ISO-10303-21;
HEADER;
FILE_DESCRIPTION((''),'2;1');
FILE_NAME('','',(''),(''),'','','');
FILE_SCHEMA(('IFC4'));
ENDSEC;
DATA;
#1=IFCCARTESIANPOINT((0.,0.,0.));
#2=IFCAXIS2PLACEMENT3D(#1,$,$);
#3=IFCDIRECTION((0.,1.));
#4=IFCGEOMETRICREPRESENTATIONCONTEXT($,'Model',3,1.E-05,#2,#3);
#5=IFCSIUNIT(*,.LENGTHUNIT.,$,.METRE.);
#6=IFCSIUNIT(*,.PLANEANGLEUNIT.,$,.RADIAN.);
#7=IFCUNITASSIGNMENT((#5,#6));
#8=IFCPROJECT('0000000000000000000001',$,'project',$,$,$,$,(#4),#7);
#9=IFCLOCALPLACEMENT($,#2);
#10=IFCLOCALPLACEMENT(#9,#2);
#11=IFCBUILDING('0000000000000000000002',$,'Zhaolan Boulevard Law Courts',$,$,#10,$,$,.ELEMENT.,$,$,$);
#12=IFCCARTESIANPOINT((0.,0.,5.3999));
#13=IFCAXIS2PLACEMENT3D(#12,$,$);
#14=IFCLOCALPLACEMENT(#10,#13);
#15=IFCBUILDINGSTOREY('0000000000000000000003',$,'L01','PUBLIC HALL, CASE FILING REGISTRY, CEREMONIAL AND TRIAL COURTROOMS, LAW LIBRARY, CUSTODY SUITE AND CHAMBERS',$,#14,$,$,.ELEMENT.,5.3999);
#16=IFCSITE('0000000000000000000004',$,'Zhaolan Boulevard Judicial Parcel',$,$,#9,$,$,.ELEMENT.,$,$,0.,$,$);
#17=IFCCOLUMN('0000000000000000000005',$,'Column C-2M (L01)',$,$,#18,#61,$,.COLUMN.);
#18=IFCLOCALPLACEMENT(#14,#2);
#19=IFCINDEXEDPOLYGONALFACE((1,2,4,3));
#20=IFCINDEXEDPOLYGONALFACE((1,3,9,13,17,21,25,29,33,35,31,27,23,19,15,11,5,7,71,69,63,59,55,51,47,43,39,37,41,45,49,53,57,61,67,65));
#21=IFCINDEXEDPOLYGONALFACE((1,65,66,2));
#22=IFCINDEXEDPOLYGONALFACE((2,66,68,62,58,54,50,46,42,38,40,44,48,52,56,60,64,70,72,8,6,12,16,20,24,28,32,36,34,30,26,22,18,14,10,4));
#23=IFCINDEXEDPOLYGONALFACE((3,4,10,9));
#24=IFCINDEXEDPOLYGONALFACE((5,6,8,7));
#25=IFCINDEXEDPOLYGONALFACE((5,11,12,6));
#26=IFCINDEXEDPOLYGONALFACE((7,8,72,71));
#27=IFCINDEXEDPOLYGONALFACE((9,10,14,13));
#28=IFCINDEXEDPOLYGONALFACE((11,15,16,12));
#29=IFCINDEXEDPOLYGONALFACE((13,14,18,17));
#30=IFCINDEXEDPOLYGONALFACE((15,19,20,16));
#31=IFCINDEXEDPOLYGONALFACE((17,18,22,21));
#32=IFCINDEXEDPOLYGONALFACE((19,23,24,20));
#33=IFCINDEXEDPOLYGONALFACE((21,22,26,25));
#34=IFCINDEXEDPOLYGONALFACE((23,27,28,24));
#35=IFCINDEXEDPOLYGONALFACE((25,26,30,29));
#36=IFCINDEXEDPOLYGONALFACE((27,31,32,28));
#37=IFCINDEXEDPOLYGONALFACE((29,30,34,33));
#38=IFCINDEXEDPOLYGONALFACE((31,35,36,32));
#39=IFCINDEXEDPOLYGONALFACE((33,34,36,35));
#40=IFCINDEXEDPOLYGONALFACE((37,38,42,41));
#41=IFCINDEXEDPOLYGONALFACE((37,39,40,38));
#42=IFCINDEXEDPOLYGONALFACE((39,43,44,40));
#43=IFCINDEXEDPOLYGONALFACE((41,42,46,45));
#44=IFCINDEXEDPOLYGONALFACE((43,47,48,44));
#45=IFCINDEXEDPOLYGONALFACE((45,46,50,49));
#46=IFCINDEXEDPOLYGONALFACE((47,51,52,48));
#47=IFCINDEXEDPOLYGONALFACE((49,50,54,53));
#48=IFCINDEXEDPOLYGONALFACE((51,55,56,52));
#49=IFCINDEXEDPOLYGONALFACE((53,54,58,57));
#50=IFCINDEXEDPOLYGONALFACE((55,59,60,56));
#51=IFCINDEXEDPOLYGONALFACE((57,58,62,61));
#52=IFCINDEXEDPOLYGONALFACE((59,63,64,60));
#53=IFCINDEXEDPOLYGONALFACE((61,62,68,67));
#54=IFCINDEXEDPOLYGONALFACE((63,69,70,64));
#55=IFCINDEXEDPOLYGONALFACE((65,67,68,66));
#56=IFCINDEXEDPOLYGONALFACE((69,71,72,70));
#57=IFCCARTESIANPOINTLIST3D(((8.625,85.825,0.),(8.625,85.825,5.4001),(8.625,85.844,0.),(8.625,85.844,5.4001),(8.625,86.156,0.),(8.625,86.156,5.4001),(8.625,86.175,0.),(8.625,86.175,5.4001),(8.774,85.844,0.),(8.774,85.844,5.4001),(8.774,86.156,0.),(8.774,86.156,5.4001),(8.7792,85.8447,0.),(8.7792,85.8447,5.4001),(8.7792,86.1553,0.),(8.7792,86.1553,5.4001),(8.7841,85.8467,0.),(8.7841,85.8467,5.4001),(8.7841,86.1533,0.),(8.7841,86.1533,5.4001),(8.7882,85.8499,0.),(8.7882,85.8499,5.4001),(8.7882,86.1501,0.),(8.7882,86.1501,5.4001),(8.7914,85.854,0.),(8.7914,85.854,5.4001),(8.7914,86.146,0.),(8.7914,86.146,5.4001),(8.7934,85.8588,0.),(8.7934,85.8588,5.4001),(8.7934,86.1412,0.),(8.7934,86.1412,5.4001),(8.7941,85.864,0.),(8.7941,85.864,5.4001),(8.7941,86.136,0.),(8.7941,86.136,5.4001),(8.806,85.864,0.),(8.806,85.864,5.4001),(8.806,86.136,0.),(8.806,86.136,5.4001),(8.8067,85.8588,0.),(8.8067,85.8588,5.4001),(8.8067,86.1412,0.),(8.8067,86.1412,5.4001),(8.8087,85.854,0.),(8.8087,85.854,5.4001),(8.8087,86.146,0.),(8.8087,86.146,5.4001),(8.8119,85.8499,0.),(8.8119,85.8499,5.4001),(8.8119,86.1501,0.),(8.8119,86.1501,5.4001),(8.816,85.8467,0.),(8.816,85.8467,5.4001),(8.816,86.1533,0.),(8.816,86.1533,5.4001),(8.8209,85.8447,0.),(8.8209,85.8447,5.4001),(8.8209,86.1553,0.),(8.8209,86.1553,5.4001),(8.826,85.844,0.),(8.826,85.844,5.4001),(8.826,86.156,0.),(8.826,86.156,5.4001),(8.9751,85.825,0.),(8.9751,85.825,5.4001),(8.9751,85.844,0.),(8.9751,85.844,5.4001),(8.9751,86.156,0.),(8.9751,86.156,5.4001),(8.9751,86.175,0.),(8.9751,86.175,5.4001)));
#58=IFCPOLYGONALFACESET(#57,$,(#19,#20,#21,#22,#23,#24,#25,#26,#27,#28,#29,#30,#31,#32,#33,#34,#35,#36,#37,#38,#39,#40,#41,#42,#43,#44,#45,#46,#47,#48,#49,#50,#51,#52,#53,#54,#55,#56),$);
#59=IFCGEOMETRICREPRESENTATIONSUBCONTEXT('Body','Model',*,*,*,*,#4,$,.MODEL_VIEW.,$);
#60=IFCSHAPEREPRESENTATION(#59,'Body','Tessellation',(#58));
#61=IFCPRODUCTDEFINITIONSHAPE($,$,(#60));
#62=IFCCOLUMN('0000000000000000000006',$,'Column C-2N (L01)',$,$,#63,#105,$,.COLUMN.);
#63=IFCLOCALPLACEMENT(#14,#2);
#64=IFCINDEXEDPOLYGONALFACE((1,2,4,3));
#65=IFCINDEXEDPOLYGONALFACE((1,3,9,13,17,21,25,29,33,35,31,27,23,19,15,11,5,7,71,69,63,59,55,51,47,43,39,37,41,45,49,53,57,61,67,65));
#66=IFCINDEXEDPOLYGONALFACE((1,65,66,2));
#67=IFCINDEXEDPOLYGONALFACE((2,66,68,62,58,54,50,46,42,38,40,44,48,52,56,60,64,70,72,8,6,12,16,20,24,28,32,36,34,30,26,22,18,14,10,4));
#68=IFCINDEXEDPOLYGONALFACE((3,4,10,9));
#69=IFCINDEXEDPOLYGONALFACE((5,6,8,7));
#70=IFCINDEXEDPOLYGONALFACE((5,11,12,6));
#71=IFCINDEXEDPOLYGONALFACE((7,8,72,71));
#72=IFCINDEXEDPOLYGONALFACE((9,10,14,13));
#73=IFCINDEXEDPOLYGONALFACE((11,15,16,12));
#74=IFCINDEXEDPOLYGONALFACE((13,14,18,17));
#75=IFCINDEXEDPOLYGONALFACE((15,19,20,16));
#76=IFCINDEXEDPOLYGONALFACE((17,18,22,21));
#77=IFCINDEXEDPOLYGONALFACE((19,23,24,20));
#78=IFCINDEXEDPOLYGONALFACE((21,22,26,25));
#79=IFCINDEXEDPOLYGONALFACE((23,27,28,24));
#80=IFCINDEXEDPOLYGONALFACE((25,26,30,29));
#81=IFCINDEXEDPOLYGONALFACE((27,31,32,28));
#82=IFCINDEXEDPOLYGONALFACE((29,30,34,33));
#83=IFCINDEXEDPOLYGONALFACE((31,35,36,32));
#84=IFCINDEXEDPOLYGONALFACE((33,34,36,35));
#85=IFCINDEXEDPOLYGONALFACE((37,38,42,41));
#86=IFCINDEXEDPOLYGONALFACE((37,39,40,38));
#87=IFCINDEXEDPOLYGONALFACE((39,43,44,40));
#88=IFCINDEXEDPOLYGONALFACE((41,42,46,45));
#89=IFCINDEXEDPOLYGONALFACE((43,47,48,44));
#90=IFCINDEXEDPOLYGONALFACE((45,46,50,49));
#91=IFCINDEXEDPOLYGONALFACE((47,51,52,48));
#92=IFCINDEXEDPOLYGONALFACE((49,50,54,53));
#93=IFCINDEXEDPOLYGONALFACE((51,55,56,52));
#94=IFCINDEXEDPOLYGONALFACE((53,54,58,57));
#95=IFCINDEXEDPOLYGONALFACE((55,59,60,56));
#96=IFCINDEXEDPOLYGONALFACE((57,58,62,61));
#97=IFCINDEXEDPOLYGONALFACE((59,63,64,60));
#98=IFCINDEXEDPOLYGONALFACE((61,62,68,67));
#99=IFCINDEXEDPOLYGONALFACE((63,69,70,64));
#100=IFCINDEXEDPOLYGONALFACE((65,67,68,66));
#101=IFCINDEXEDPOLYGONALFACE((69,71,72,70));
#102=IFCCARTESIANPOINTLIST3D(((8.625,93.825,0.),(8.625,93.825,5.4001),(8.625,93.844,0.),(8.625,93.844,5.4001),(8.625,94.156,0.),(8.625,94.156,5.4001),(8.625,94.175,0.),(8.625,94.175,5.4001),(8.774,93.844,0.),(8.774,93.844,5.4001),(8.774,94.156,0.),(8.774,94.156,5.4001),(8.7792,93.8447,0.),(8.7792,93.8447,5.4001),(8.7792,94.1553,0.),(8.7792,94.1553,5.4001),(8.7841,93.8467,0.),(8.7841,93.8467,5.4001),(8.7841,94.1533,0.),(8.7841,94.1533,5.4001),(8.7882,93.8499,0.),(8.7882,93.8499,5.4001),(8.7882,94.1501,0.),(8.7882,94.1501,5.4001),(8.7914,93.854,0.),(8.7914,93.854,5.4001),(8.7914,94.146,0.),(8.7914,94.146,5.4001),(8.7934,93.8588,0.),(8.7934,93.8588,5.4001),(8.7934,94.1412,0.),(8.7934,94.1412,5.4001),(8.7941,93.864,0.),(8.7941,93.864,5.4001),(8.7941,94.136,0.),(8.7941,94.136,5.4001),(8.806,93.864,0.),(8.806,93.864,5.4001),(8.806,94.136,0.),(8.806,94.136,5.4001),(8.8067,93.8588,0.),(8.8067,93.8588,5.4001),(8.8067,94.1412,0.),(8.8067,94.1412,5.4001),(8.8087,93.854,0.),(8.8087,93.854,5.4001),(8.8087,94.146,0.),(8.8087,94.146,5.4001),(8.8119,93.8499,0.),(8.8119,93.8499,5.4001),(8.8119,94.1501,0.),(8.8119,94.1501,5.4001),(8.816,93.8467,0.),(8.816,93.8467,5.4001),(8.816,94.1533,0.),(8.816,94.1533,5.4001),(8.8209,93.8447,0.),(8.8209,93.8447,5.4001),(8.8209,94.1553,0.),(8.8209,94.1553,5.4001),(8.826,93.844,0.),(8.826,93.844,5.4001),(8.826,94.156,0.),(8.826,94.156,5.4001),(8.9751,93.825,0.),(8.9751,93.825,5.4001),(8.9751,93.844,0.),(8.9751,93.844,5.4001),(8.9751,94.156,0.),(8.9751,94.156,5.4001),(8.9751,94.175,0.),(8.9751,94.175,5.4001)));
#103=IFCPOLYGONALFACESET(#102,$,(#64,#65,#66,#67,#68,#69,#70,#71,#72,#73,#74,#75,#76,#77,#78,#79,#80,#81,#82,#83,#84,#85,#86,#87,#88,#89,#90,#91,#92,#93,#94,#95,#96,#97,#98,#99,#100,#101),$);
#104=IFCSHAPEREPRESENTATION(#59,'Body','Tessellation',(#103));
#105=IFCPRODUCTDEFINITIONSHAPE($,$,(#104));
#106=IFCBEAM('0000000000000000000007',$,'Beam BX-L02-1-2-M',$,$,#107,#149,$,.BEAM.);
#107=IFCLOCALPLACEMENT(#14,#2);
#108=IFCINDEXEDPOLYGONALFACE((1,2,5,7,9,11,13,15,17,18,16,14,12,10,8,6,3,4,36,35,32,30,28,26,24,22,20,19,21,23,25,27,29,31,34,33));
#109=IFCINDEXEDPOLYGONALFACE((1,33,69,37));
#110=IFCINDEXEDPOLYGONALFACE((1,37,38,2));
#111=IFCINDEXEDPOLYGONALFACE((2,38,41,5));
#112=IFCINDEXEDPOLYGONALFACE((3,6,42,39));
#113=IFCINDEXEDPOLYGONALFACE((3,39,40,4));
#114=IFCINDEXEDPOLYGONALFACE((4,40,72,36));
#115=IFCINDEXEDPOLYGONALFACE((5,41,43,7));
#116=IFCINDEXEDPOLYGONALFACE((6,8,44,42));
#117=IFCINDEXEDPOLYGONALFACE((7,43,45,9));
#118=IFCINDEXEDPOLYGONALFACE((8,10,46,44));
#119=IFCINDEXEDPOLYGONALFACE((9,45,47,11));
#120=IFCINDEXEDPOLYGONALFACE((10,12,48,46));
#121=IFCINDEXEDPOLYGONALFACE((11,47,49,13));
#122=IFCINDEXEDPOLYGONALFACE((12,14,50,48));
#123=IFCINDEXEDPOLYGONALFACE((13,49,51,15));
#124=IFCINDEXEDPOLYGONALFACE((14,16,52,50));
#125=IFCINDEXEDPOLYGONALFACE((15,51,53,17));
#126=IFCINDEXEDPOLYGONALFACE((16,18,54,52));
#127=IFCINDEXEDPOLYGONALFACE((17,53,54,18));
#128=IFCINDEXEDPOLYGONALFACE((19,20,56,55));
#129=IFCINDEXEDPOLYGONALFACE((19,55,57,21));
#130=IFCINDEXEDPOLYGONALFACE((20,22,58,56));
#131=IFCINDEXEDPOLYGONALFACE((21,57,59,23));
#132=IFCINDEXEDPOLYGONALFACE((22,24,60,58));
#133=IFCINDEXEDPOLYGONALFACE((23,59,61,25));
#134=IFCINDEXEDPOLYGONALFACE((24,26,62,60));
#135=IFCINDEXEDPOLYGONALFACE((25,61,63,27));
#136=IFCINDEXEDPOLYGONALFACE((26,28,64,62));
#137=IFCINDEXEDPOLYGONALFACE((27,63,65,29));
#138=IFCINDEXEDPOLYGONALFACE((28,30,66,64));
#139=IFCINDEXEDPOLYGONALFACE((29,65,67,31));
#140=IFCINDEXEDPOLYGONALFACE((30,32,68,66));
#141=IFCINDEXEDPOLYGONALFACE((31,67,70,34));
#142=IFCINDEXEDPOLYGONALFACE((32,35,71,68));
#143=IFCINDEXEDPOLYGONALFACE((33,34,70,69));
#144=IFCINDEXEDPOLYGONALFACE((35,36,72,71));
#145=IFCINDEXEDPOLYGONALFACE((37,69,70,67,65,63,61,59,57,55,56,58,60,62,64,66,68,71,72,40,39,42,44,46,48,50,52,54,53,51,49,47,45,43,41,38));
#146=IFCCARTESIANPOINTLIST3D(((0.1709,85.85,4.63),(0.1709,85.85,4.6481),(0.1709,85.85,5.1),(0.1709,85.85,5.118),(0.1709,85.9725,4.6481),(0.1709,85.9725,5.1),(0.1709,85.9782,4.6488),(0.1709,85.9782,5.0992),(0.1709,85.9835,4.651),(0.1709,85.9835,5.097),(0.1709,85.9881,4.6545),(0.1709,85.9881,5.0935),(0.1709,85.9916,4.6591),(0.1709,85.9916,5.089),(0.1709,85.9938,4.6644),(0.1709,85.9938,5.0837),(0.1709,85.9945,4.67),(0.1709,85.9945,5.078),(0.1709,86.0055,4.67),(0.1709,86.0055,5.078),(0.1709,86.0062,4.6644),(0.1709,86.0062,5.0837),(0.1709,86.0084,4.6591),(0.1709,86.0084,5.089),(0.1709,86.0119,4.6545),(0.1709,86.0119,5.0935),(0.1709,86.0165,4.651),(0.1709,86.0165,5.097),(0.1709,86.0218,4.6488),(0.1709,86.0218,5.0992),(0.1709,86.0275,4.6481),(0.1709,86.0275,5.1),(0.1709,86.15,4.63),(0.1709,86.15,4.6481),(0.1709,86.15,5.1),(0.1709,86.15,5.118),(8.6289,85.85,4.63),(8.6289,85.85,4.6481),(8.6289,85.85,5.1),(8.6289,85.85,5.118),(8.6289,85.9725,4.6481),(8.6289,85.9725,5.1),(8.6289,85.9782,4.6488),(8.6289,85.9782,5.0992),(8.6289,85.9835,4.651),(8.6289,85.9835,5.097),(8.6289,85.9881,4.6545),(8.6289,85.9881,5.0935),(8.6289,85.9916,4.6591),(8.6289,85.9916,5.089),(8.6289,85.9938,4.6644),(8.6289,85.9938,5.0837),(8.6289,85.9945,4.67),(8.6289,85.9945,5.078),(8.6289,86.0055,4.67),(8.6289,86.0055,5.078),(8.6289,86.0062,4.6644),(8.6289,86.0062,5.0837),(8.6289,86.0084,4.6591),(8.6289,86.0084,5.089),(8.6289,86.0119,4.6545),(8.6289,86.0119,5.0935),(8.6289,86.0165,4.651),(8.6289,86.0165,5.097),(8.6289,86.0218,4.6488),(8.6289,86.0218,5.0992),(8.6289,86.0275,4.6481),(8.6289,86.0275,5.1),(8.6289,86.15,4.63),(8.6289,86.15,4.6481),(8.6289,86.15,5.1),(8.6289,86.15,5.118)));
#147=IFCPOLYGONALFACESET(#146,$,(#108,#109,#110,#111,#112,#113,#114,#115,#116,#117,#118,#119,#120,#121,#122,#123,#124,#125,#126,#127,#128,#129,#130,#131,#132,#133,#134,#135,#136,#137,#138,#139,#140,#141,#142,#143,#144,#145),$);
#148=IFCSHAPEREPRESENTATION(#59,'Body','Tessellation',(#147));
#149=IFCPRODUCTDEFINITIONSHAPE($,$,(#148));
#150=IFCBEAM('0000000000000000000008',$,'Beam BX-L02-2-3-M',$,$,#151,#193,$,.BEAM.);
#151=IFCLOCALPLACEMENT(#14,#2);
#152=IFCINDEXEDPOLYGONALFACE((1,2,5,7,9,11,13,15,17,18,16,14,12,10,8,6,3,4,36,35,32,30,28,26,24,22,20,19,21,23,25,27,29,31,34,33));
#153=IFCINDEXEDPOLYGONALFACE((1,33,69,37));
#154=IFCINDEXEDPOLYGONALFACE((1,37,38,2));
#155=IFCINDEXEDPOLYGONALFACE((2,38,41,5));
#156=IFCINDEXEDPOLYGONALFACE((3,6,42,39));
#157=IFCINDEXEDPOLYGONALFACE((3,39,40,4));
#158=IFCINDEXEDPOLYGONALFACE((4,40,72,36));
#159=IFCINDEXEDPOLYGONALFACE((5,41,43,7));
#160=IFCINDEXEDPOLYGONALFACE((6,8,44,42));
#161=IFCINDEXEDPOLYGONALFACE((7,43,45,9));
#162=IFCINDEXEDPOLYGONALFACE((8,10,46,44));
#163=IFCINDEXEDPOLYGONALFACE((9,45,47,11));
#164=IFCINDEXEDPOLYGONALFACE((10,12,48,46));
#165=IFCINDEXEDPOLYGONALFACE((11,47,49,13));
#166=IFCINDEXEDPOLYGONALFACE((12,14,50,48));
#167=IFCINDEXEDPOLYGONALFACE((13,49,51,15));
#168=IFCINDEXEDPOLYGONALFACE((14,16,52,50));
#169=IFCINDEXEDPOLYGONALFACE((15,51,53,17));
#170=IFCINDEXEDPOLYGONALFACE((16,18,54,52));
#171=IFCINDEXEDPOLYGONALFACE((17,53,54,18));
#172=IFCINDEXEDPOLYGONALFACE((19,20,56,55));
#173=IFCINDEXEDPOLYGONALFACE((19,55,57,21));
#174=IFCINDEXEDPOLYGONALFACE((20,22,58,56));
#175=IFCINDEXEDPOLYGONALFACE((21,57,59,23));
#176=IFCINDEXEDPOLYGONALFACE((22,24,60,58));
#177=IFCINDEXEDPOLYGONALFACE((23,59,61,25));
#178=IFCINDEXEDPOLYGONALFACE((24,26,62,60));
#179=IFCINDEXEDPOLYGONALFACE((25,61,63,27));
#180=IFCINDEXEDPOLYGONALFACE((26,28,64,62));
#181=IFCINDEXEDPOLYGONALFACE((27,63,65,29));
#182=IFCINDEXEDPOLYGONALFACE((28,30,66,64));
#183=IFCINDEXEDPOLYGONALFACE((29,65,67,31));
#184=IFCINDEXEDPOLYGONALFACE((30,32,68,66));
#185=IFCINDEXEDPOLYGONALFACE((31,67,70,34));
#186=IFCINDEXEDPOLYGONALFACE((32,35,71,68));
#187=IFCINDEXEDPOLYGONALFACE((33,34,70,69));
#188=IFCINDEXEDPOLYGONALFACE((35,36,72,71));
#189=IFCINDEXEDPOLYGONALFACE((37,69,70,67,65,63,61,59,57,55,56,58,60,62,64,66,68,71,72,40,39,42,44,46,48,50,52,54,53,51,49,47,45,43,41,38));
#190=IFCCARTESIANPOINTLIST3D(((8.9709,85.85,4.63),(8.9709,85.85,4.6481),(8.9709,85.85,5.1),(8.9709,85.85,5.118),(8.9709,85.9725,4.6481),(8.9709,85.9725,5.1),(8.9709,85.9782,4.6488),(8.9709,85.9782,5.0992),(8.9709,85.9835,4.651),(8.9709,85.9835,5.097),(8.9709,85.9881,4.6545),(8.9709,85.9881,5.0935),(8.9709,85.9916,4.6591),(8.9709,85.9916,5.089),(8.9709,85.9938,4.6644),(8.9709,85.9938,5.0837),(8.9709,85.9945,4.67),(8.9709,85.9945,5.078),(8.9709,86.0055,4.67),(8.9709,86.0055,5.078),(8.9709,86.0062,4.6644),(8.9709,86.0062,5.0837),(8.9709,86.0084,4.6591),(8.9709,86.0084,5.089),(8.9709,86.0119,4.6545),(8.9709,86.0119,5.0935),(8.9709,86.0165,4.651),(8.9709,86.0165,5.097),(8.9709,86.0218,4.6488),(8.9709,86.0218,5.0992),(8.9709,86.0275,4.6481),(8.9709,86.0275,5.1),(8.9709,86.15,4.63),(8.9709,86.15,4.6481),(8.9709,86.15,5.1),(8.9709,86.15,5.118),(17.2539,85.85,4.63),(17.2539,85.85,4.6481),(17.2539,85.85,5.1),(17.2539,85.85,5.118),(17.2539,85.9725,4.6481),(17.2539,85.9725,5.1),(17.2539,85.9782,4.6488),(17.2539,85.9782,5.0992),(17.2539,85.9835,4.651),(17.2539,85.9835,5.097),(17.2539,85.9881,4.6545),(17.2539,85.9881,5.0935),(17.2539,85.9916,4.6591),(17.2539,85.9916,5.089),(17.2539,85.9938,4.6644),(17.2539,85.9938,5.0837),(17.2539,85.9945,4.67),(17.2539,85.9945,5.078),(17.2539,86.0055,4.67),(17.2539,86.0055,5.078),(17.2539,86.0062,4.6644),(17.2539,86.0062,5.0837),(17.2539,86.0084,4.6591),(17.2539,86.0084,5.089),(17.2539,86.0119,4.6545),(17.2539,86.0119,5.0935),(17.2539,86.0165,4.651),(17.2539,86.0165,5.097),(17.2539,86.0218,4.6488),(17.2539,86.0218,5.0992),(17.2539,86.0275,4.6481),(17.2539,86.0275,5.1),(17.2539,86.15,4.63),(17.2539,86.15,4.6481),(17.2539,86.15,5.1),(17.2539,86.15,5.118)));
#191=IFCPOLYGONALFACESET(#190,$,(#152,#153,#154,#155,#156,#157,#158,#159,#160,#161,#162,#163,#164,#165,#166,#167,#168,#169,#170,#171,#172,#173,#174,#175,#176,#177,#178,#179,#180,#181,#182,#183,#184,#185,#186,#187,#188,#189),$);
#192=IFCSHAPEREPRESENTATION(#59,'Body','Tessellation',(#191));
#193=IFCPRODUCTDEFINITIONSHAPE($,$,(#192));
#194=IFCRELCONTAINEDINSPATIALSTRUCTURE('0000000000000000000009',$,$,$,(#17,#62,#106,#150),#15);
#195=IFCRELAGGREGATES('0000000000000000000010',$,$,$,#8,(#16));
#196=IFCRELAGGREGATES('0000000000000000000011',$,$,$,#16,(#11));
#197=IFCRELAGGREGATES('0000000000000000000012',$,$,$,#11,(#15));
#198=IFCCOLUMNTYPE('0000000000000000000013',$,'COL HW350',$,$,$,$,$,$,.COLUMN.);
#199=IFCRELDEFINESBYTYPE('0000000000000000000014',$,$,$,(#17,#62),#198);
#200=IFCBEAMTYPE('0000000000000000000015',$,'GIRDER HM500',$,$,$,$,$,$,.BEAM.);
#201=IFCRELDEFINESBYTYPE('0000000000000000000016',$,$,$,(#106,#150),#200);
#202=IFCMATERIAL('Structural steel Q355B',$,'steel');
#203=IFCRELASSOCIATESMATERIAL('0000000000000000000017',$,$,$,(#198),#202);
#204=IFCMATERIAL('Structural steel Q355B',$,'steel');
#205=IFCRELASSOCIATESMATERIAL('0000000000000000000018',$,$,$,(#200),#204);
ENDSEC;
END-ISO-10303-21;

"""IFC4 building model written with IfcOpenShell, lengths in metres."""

from ifc_helpers import new_model, si_unit, direction, frame, origin, origin_2d, place, context, subcontext, project, spatial, i_section, extrude, material, material_profile, profile_set, type_object, element, save


model = new_model("IFC4")

# Units and contexts
model_context = context("Model", 3, precision=1e-05, world=origin(), true_north=direction((0.0, 1.0)))
body_context = subcontext(model_context, "Body", "Model", "MODEL_VIEW")
ifc_project = project(units=[si_unit("LENGTHUNIT", "METRE"), si_unit("PLANEANGLEUNIT", "RADIAN")], contexts=[model_context])

# Site, building, storey
site_placement = place(None, origin())
site = spatial("IfcSite", under=ifc_project, at=site_placement, Name="Zhaolan Boulevard Judicial Parcel", CompositionType="ELEMENT", RefElevation=0.0)
building_placement = place(site_placement, origin())
building = spatial("IfcBuilding", under=site, at=building_placement, Name="Zhaolan Boulevard Law Courts", CompositionType="ELEMENT")
storey_placement = place(building_placement, frame((0.0, 0.0, 5.3999)))
storey = spatial("IfcBuildingStorey", under=building, at=storey_placement, Name="L01", Description="PUBLIC HALL, CASE FILING REGISTRY, CEREMONIAL AND TRIAL COURTROOMS, LAW LIBRARY, CUSTODY SUITE AND CHAMBERS", CompositionType="ELEMENT", Elevation=5.3999)

# Columns
ifc_material_1 = material(Name="Structural steel Q355B", Category="steel")
ifc_material_profile_1 = material_profile(ifc_material_1, i_section(OverallWidth=0.3501, OverallDepth=0.3501, WebThickness=0.012, FlangeThickness=0.019, FilletRadius=0.02, at=origin_2d()), Name="HW350x350")
ifc_profile_set_1 = profile_set([ifc_material_profile_1], Name="Structural steel Q355B")
column_type = type_object("IfcColumnType", Name="COL HW350", PredefinedType="COLUMN", material=ifc_profile_set_1)
for number, where, z_axis, x_axis, name in (
    (1, (8.8, 86.0, 0.0), (0.0, 0.0, 1.0), (1.0, 0.0, 0.0), "Column C-2M (L01)"),
    (2, (8.8, 94.0, 0.0), (0.0, 0.0, 1.0), (1.0, 0.0, 0.0), "Column C-2N (L01)"),
):
    element("IfcColumn", number, at=place(storey_placement, frame(where, z_axis=z_axis, x_axis=x_axis)), inside=storey, type_object=column_type, Name=name, PredefinedType="COLUMN", context=body_context, shape_type="SweptSolid", body=[
        extrude(i_section(OverallWidth=0.3501, OverallDepth=0.3501, WebThickness=0.012, FlangeThickness=0.019, FilletRadius=0.02, at=origin_2d()), origin(), (0.0, 0.0, 1.0), 5.4001),
    ])

# Beams
ifc_material_2 = material(Name="Structural steel Q355B", Category="steel")
ifc_material_profile_2 = material_profile(ifc_material_2, i_section(OverallWidth=0.3, OverallDepth=0.488, WebThickness=0.011, FlangeThickness=0.0181, FilletRadius=0.022, at=origin_2d()), Name="HM488x300")
ifc_profile_set_2 = profile_set([ifc_material_profile_2], Name="Structural steel Q355B")
beam_type_1 = type_object("IfcBeamType", Name="GIRDER HM500", PredefinedType="BEAM", material=ifc_profile_set_2)
beam_1_placement = place(storey_placement, frame((0.1709, 86.0, 4.874), z_axis=(1.0, 0.0, 0.0), x_axis=(0.0, 1.0, 0.0)))
element("IfcBeam", 3, at=beam_1_placement, inside=storey, type_object=beam_type_1, Name="Beam BX-L02-1-2-M", PredefinedType="BEAM", context=body_context, shape_type="SweptSolid", body=[
    extrude(i_section(OverallWidth=0.3, OverallDepth=0.488, WebThickness=0.011, FlangeThickness=0.0181, FilletRadius=0.022, at=origin_2d()), origin(), (0.0, 0.0, 1.0), 8.458),
])
beam_2_placement = place(storey_placement, frame((8.9709, 86.0, 4.874), z_axis=(1.0, 0.0, 0.0), x_axis=(0.0, 1.0, 0.0)))
element("IfcBeam", 4, at=beam_2_placement, inside=storey, type_object=beam_type_1, Name="Beam BX-L02-2-3-M", PredefinedType="BEAM", context=body_context, shape_type="SweptSolid", body=[
    extrude(i_section(OverallWidth=0.3, OverallDepth=0.488, WebThickness=0.011, FlangeThickness=0.0181, FilletRadius=0.022, at=origin_2d()), origin(), (0.0, 0.0, 1.0), 8.283),
])

save(model, "model.ifc")
